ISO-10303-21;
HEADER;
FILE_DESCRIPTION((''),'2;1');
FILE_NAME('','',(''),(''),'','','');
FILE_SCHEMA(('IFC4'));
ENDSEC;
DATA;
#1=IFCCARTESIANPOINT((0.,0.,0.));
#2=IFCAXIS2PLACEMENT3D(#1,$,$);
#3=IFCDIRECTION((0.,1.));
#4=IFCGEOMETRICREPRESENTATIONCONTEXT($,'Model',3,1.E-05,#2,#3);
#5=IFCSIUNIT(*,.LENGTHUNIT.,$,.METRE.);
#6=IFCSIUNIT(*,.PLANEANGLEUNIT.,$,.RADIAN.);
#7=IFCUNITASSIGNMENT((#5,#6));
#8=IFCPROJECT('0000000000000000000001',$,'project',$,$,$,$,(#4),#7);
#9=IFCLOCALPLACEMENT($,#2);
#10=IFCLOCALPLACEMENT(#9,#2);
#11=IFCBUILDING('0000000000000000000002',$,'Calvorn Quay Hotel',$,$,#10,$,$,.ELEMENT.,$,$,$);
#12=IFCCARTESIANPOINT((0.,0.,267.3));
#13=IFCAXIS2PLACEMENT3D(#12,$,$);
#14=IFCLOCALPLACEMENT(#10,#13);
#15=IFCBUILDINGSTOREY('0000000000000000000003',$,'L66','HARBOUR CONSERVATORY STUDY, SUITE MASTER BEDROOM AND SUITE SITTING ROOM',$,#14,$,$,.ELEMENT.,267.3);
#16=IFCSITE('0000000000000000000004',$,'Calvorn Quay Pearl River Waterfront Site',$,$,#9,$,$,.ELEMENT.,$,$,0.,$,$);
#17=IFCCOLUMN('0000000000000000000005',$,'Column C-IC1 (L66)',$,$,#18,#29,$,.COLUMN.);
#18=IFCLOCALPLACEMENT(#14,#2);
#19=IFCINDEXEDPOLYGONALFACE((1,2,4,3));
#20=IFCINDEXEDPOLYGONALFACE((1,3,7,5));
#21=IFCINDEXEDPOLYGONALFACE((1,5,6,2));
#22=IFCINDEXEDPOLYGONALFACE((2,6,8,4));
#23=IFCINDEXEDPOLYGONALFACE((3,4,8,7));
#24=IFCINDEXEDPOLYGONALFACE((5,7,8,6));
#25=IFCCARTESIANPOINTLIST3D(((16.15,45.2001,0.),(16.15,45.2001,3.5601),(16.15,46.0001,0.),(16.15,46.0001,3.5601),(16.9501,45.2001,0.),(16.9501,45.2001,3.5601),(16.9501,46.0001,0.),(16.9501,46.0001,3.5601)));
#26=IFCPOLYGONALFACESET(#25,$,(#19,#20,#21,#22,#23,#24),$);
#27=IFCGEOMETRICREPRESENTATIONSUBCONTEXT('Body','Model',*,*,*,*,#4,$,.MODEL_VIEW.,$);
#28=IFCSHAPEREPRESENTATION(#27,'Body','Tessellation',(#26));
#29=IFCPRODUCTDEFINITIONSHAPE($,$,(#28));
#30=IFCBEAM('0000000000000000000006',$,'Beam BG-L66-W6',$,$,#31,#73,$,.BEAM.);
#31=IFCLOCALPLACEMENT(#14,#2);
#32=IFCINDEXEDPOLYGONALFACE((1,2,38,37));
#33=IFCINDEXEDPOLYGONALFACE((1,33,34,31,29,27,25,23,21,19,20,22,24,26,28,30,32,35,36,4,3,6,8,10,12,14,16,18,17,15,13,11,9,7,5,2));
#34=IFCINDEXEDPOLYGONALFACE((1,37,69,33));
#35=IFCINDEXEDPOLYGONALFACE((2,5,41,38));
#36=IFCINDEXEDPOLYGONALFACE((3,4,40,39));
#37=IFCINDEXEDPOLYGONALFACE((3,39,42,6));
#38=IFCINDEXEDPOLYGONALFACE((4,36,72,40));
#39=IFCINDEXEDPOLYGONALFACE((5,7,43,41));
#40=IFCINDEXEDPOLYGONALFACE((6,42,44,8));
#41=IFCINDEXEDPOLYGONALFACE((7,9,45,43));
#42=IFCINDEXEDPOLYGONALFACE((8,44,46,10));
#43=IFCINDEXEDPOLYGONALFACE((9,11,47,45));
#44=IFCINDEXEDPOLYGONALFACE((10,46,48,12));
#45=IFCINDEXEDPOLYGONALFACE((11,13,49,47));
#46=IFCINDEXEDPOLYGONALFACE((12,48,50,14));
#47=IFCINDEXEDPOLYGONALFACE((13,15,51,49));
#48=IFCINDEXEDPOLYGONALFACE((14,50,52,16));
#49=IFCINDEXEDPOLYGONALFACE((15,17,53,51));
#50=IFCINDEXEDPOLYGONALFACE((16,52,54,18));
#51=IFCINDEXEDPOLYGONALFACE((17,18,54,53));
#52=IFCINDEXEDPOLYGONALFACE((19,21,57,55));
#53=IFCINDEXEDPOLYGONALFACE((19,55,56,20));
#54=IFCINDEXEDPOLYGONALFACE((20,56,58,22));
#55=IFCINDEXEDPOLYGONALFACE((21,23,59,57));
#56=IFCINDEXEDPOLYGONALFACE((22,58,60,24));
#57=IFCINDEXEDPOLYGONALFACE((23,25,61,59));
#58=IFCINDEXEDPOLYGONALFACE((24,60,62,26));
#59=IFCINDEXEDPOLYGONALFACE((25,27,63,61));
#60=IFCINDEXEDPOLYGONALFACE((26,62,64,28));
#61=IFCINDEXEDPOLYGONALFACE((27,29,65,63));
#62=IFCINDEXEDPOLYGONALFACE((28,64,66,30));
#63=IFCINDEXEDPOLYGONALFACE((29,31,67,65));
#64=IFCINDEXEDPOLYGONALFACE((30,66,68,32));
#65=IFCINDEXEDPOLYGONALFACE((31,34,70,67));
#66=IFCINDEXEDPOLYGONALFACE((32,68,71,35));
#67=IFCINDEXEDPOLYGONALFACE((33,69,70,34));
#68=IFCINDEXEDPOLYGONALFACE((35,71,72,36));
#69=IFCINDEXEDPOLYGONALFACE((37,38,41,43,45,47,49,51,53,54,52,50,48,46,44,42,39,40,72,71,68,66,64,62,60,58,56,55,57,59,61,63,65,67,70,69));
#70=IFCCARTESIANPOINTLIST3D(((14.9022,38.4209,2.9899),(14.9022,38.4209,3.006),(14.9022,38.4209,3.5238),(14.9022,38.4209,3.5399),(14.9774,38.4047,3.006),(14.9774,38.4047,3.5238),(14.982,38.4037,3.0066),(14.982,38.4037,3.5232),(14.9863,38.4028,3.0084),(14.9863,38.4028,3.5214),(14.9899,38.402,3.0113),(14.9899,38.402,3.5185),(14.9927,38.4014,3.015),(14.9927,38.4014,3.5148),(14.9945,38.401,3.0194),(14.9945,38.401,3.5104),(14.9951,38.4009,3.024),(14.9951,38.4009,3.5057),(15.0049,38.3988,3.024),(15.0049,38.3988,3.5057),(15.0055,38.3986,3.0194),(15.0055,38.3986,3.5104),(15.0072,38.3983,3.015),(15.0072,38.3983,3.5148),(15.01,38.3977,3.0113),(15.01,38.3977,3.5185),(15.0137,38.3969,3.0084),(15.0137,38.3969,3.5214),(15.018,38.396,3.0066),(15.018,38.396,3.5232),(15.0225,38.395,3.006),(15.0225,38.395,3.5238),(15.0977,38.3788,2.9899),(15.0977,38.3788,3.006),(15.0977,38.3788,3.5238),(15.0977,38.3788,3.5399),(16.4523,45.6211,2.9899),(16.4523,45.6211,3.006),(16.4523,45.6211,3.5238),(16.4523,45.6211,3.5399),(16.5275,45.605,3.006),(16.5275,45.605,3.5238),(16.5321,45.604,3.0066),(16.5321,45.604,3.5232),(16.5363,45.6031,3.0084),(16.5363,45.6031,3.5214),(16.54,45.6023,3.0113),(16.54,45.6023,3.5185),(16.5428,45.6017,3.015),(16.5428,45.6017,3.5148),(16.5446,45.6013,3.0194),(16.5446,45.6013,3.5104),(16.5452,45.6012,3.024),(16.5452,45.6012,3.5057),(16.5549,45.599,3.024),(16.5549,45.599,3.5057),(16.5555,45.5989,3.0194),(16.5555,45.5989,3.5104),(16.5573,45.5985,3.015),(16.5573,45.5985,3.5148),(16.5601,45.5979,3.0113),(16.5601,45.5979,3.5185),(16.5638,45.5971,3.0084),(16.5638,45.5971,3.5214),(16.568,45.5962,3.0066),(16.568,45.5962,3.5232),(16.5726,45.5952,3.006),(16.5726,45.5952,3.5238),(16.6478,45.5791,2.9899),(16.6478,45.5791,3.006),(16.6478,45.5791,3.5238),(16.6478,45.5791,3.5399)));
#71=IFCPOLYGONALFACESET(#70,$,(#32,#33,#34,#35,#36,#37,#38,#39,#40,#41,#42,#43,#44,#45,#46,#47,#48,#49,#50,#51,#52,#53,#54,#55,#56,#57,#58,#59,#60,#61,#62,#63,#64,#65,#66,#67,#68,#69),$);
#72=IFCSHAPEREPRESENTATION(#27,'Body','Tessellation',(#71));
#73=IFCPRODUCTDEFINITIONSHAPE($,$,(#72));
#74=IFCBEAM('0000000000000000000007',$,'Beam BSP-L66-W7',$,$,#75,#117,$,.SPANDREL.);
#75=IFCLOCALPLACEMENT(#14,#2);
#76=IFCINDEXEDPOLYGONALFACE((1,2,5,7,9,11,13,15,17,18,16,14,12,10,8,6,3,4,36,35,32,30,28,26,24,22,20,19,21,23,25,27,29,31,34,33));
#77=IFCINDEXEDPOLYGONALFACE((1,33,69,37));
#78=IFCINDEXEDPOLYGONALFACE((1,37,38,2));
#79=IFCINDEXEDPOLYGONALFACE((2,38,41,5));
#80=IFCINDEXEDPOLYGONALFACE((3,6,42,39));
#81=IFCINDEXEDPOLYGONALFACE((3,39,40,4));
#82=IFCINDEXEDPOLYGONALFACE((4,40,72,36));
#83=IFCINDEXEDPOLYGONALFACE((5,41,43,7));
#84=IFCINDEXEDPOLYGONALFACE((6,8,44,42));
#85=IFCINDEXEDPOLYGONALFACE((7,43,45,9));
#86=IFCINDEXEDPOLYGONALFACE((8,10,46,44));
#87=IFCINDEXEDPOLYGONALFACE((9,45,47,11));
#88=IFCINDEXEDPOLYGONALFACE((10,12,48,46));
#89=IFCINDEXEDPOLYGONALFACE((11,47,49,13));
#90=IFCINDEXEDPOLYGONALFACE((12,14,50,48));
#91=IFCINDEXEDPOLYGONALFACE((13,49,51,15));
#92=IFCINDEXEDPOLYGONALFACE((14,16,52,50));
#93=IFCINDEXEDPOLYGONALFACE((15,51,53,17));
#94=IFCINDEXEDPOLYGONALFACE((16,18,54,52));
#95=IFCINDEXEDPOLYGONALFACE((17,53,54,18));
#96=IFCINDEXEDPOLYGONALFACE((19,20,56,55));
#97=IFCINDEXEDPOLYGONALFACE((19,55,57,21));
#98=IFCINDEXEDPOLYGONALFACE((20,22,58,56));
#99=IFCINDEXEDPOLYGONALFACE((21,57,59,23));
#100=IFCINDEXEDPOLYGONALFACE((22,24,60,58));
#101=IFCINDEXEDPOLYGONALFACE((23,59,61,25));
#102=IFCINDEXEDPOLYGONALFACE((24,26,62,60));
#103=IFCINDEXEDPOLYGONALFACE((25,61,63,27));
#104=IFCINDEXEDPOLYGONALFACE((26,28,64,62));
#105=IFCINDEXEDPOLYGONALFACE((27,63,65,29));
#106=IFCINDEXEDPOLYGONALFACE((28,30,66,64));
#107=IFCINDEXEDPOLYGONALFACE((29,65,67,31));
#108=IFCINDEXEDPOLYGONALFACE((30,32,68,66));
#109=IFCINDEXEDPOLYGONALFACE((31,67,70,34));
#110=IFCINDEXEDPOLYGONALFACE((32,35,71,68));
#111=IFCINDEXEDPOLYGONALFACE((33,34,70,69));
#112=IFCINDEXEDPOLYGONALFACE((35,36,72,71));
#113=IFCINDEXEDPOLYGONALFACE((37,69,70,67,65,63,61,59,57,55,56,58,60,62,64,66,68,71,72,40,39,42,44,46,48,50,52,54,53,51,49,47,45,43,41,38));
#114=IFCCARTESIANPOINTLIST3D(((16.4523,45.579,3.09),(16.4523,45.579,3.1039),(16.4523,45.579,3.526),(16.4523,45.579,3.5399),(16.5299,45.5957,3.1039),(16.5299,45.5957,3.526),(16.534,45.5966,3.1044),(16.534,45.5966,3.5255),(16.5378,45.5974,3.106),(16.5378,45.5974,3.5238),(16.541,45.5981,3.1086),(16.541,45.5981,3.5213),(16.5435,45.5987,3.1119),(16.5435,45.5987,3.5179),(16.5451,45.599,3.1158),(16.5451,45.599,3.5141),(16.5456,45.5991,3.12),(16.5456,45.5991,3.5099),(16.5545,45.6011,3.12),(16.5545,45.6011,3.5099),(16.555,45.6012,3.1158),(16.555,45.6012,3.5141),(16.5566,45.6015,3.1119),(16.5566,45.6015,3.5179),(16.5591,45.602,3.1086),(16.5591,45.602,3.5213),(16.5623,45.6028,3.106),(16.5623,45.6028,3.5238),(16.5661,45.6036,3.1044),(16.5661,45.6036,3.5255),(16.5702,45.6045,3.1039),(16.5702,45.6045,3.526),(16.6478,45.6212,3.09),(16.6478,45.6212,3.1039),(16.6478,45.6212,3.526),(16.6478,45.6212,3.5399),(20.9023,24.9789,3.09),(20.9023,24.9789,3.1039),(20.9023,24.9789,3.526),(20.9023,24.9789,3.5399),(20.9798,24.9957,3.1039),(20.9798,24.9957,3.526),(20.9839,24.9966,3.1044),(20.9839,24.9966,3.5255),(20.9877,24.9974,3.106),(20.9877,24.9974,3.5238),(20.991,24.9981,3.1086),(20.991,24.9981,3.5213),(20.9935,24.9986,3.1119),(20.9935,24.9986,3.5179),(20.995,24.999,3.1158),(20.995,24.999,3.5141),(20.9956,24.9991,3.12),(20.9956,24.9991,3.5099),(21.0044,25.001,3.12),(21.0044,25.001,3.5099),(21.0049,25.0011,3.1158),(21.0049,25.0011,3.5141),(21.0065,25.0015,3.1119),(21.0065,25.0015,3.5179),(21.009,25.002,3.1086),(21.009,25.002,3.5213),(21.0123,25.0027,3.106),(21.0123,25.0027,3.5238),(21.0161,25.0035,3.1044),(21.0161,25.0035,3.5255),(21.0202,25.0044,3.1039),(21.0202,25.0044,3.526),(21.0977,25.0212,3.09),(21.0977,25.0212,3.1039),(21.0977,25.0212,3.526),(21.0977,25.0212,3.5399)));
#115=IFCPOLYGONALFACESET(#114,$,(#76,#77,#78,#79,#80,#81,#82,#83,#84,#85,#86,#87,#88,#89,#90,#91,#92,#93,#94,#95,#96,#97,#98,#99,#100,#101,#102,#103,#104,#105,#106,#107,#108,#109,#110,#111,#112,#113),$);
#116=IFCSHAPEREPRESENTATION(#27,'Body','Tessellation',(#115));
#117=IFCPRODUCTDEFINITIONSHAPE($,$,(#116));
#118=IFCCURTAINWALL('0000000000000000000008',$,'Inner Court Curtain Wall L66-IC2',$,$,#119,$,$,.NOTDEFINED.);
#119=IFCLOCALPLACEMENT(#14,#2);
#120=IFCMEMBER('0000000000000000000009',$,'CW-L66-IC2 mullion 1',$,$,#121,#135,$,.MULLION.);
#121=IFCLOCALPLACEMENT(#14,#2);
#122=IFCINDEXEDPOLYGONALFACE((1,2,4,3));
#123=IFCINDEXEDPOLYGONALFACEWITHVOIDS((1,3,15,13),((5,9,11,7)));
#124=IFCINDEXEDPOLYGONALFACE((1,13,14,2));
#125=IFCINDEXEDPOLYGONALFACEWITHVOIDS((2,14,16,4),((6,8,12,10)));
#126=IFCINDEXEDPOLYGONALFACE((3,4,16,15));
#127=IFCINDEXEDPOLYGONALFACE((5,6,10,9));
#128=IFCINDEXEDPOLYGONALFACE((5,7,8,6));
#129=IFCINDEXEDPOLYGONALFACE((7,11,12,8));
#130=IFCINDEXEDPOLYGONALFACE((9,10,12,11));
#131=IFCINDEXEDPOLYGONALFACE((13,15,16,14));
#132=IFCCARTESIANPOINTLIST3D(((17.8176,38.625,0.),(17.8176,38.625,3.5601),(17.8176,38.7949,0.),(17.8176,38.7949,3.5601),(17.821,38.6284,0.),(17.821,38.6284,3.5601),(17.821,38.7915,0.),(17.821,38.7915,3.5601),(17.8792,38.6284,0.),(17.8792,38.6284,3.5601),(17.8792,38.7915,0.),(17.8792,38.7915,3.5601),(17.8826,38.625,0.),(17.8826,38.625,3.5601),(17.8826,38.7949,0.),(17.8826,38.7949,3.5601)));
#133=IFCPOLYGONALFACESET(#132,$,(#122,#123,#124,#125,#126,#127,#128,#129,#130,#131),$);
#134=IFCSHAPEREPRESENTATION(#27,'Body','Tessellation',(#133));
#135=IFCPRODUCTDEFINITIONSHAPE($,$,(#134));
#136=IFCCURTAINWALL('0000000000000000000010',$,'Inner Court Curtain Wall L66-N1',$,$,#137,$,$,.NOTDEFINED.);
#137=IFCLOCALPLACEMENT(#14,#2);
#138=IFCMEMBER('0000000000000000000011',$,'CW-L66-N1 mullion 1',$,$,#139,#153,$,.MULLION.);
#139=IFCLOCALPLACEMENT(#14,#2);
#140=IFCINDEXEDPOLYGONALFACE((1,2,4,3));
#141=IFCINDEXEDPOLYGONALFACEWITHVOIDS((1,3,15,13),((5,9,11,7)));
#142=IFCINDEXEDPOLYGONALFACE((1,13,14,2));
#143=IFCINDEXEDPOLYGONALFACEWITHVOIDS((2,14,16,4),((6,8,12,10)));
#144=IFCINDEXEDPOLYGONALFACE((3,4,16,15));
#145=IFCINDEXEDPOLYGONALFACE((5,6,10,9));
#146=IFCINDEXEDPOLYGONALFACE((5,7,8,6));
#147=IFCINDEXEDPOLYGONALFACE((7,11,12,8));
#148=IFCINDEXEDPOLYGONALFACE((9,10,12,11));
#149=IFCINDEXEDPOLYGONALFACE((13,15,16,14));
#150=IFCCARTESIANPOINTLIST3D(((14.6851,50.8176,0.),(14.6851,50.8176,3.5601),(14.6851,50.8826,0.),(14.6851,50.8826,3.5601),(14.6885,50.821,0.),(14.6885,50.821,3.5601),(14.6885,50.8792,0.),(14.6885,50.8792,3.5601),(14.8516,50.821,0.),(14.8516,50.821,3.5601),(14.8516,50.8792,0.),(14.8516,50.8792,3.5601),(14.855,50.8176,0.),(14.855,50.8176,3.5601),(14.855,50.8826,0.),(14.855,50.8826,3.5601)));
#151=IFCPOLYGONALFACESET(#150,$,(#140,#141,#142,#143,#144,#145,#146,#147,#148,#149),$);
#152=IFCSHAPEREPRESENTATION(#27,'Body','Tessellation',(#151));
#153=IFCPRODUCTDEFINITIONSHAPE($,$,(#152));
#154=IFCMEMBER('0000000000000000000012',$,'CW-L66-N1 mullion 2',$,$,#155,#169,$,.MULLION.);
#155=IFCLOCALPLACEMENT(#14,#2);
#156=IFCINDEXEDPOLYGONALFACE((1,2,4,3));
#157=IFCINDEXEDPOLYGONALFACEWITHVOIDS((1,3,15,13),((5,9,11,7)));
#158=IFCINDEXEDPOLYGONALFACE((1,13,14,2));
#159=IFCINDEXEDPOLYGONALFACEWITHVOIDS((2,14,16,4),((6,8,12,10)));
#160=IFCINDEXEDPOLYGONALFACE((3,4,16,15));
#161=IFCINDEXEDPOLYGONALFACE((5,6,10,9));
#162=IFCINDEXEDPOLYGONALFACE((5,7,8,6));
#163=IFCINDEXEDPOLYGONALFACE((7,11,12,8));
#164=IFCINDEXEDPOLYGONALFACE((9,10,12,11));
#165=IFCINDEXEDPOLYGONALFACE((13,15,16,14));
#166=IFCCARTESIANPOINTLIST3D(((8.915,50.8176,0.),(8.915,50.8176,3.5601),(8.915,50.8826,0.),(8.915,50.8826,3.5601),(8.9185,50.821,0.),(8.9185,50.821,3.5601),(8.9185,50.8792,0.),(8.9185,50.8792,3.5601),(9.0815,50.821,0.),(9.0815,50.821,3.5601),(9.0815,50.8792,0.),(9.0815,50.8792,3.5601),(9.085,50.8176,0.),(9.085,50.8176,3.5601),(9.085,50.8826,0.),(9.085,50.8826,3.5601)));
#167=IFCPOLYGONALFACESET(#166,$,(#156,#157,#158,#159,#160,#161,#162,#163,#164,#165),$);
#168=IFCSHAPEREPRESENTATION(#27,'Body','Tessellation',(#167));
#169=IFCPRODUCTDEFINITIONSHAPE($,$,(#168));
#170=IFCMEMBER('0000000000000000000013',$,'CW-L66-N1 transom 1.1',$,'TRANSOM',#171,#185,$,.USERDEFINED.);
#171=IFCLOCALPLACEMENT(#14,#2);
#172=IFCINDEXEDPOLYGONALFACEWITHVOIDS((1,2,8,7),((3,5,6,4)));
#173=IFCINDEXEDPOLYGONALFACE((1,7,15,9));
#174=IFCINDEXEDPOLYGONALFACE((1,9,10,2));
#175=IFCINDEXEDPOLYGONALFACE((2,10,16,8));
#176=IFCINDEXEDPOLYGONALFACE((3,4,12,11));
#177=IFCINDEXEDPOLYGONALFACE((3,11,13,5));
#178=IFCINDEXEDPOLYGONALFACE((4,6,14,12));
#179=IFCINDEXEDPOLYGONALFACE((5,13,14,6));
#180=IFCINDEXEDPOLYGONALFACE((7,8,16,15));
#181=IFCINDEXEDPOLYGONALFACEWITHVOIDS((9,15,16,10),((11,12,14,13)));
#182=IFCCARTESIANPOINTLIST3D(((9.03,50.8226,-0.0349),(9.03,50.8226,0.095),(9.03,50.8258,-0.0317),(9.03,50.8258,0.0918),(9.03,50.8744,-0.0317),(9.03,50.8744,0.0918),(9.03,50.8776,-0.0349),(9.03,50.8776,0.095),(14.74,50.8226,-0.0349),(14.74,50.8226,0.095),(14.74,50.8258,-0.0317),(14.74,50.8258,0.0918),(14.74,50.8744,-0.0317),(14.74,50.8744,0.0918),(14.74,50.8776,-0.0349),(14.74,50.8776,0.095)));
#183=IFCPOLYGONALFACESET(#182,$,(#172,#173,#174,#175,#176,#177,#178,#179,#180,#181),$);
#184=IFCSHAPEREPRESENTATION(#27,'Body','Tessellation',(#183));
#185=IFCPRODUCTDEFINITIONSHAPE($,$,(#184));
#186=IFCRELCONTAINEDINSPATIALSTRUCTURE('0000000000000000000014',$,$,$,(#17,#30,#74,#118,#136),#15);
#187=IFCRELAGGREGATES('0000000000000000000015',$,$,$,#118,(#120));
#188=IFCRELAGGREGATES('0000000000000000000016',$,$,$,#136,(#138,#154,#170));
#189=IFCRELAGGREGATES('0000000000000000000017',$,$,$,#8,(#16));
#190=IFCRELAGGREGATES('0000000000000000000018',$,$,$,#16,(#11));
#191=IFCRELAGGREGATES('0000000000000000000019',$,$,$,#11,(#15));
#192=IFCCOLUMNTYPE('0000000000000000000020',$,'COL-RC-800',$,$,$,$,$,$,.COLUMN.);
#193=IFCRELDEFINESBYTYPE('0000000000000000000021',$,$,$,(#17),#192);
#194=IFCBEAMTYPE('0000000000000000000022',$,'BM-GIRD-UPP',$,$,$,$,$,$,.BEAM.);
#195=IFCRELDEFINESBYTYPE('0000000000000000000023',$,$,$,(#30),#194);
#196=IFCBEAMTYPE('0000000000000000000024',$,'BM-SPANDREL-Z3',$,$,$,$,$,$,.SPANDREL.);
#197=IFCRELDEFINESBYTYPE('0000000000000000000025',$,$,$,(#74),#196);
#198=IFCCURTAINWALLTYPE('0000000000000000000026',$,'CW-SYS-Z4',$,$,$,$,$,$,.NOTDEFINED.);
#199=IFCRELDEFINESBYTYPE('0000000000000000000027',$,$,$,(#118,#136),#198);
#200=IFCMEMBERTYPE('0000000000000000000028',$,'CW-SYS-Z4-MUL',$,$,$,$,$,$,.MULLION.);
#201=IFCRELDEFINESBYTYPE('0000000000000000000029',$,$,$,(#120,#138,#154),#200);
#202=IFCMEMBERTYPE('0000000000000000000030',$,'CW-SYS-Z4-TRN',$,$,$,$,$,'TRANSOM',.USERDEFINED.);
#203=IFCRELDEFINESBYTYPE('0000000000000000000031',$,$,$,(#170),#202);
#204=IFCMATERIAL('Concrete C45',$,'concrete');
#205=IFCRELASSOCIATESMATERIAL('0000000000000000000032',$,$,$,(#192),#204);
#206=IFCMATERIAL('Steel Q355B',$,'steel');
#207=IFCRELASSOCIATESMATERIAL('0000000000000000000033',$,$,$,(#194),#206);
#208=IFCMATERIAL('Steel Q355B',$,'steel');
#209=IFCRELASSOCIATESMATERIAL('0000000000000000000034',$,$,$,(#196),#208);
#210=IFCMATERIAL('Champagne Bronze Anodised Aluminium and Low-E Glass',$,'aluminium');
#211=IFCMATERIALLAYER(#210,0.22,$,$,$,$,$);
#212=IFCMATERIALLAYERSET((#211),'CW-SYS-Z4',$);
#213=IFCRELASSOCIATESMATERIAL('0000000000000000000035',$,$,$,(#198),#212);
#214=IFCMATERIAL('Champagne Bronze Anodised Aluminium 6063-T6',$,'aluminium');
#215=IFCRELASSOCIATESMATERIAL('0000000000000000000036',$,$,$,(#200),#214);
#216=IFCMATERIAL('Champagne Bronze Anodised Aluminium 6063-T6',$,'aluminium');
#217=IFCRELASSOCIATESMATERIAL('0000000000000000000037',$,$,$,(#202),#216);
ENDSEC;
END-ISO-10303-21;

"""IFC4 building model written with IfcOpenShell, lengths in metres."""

from ifc_helpers import new_model, si_unit, direction, frame, origin, origin_2d, place, context, subcontext, project, spatial, rectangle, hollow_rectangle, i_section, extrude, material, layer, layer_set, material_profile, profile_set, type_object, element, aggregate, save


model = new_model("IFC4")

# Units and contexts
model_context = context("Model", 3, precision=1e-05, world=origin(), true_north=direction((0.0, 1.0)))
body_context = subcontext(model_context, "Body", "Model", "MODEL_VIEW")
ifc_project = project(units=[si_unit("LENGTHUNIT", "METRE"), si_unit("PLANEANGLEUNIT", "RADIAN")], contexts=[model_context])

# Site, building, storey
site_placement = place(None, origin())
site = spatial("IfcSite", under=ifc_project, at=site_placement, Name="Calvorn Quay Pearl River Waterfront Site", CompositionType="ELEMENT", RefElevation=0.0)
building_placement = place(site_placement, origin())
building = spatial("IfcBuilding", under=site, at=building_placement, Name="Calvorn Quay Hotel", CompositionType="ELEMENT")
storey_placement = place(building_placement, frame((0.0, 0.0, 267.3)))
storey = spatial("IfcBuildingStorey", under=building, at=storey_placement, Name="L66", Description="HARBOUR CONSERVATORY STUDY, SUITE MASTER BEDROOM AND SUITE SITTING ROOM", CompositionType="ELEMENT", Elevation=267.3)

# Column
ifc_material_1 = material(Name="Concrete C45", Category="concrete")
ifc_material_profile_1 = material_profile(ifc_material_1, rectangle(XDim=0.8, YDim=0.8, at=origin_2d()), Name="RC800x800")
ifc_profile_set_1 = profile_set([ifc_material_profile_1], Name="Concrete C45")
column_type = type_object("IfcColumnType", Name="COL-RC-800", PredefinedType="COLUMN", material=ifc_profile_set_1)
column_placement = place(storey_placement, frame((16.55, 45.6001, 0.0), z_axis=(0.0, 0.0, 1.0), x_axis=(1.0, 0.0, 0.0)))
element("IfcColumn", 1, at=column_placement, inside=storey, type_object=column_type, Name="Column C-IC1 (L66)", PredefinedType="COLUMN", context=body_context, shape_type="SweptSolid", body=[
    extrude(rectangle(XDim=0.8, YDim=0.8, at=origin_2d()), origin(), (0.0, 0.0, 1.0), 3.5601),
])

# Beams
ifc_material_2 = material(Name="Steel Q355B", Category="steel")
ifc_material_profile_2 = material_profile(ifc_material_2, i_section(OverallWidth=0.2, OverallDepth=0.55, WebThickness=0.01, FlangeThickness=0.0161, FilletRadius=0.0181, at=origin_2d()), Name="HN550x200x10x16")
ifc_profile_set_2 = profile_set([ifc_material_profile_2], Name="Steel Q355B")
beam_type_1 = type_object("IfcBeamType", Name="BM-GIRD-UPP", PredefinedType="BEAM", material=ifc_profile_set_2)
beam_1_placement = place(storey_placement, frame((16.55, 45.6001, 3.2649), z_axis=(-0.210457, -0.977603, 0.0), x_axis=(0.977603, -0.210457, 0.0)))
element("IfcBeam", 2, at=beam_1_placement, inside=storey, type_object=beam_type_1, Name="Beam BG-L66-W6", PredefinedType="BEAM", context=body_context, shape_type="SweptSolid", body=[
    extrude(i_section(OverallWidth=0.2, OverallDepth=0.55, WebThickness=0.01, FlangeThickness=0.0161, FilletRadius=0.0181, at=origin_2d()), origin(), (0.0, 0.0, 1.0), 7.3652),
])
ifc_material_3 = material(Name="Steel Q355B", Category="steel")
ifc_material_profile_3 = material_profile(ifc_material_3, i_section(OverallWidth=0.2, OverallDepth=0.45, WebThickness=0.009, FlangeThickness=0.0139, FilletRadius=0.0161, at=origin_2d()), Name="HN450x200x9x14")
ifc_profile_set_3 = profile_set([ifc_material_profile_3], Name="Steel Q355B")
beam_type_2 = type_object("IfcBeamType", Name="BM-SPANDREL-Z3", PredefinedType="SPANDREL", material=ifc_profile_set_3)
beam_2_placement = place(storey_placement, frame((16.55, 45.6001, 3.3149), z_axis=(0.211146, -0.977455, 0.0), x_axis=(0.977455, 0.211146, 0.0)))
element("IfcBeam", 3, at=beam_2_placement, inside=storey, type_object=beam_type_2, Name="Beam BSP-L66-W7", PredefinedType="SPANDREL", context=body_context, shape_type="SweptSolid", body=[
    extrude(i_section(OverallWidth=0.2, OverallDepth=0.45, WebThickness=0.009, FlangeThickness=0.0139, FilletRadius=0.0161, at=origin_2d()), origin(), (0.0, 0.0, 1.0), 21.0752),
])

# Curtain wall, member
ifc_material_4 = material(Name="Champagne Bronze Anodised Aluminium and Low-E Glass", Category="aluminium")
ifc_layer_1 = layer(ifc_material_4, 0.22)
ifc_layer_set_1 = layer_set([ifc_layer_1], Name="CW-SYS-Z4")
curtain_wall_type = type_object("IfcCurtainWallType", Name="CW-SYS-Z4", PredefinedType="NOTDEFINED", material=ifc_layer_set_1)
curtain_wall_1_placement = place(storey_placement, origin())
curtain_wall_1 = element("IfcCurtainWall", 4, at=curtain_wall_1_placement, inside=storey, type_object=curtain_wall_type, Name="Inner Court Curtain Wall L66-IC2", PredefinedType="NOTDEFINED")
ifc_material_5 = material(Name="Champagne Bronze Anodised Aluminium 6063-T6", Category="aluminium")
ifc_material_profile_4 = material_profile(ifc_material_5, hollow_rectangle(XDim=0.0649, YDim=0.1699, WallThickness=0.0034, at=origin_2d()), Name="ALU-M170x65x3.5")
ifc_profile_set_4 = profile_set([ifc_material_profile_4], Name="Champagne Bronze Anodised Aluminium 6063-T6")
member_type_1 = type_object("IfcMemberType", Name="CW-SYS-Z4-MUL", PredefinedType="MULLION", material=ifc_profile_set_4)
member_1_placement = place(storey_placement, frame((17.8501, 38.71, 0.0), z_axis=(0.0, 0.0, 1.0), x_axis=(-1.0, 0.0, 0.0)))
member_1 = element("IfcMember", 5, at=member_1_placement, type_object=member_type_1, Name="CW-L66-IC2 mullion 1", PredefinedType="MULLION", context=body_context, shape_type="SweptSolid", body=[
    extrude(hollow_rectangle(XDim=0.0649, YDim=0.1699, WallThickness=0.0034, at=origin_2d()), origin(), (0.0, 0.0, 1.0), 3.5601),
])
aggregate(curtain_wall_1, [member_1])

# Curtain wall, members
curtain_wall_2_placement = place(storey_placement, origin())
curtain_wall_2 = element("IfcCurtainWall", 6, at=curtain_wall_2_placement, inside=storey, type_object=curtain_wall_type, Name="Inner Court Curtain Wall L66-N1", PredefinedType="NOTDEFINED")
member_2_placement = place(storey_placement, frame((14.77, 50.8501, 0.0), z_axis=(0.0, 0.0, 1.0), x_axis=(0.0, -1.0, 0.0)))
member_2 = element("IfcMember", 7, at=member_2_placement, type_object=member_type_1, Name="CW-L66-N1 mullion 1", PredefinedType="MULLION", context=body_context, shape_type="SweptSolid", body=[
    extrude(hollow_rectangle(XDim=0.0649, YDim=0.1699, WallThickness=0.0034, at=origin_2d()), origin(), (0.0, 0.0, 1.0), 3.5601),
])
member_3_placement = place(storey_placement, frame((9.0, 50.8501, 0.0), z_axis=(0.0, 0.0, 1.0), x_axis=(0.0, -1.0, 0.0)))
member_3 = element("IfcMember", 8, at=member_3_placement, type_object=member_type_1, Name="CW-L66-N1 mullion 2", PredefinedType="MULLION", context=body_context, shape_type="SweptSolid", body=[
    extrude(hollow_rectangle(XDim=0.0649, YDim=0.1699, WallThickness=0.0034, at=origin_2d()), origin(), (0.0, 0.0, 1.0), 3.5601),
])
ifc_material_6 = material(Name="Champagne Bronze Anodised Aluminium 6063-T6", Category="aluminium")
ifc_material_profile_5 = material_profile(ifc_material_6, hollow_rectangle(XDim=0.0549, YDim=0.1299, WallThickness=0.0032, at=origin_2d()), Name="ALU-T130x55x3.2")
ifc_profile_set_5 = profile_set([ifc_material_profile_5], Name="Champagne Bronze Anodised Aluminium 6063-T6")
member_type_2 = type_object("IfcMemberType", Name="CW-SYS-Z4-TRN", ElementType="TRANSOM", PredefinedType="USERDEFINED", material=ifc_profile_set_5)
member_4_placement = place(storey_placement, frame((14.74, 50.8501, 0.03), z_axis=(-1.0, 0.0, 0.0), x_axis=(0.0, -1.0, 0.0)))
member_4 = element("IfcMember", 9, at=member_4_placement, type_object=member_type_2, Name="CW-L66-N1 transom 1.1", ObjectType="TRANSOM", PredefinedType="USERDEFINED", context=body_context, shape_type="SweptSolid", body=[
    extrude(hollow_rectangle(XDim=0.0549, YDim=0.1299, WallThickness=0.0032, at=origin_2d()), origin(), (0.0, 0.0, 1.0), 5.71),
])
aggregate(curtain_wall_2, [member_2, member_3, member_4])

save(model, "model.ifc")
